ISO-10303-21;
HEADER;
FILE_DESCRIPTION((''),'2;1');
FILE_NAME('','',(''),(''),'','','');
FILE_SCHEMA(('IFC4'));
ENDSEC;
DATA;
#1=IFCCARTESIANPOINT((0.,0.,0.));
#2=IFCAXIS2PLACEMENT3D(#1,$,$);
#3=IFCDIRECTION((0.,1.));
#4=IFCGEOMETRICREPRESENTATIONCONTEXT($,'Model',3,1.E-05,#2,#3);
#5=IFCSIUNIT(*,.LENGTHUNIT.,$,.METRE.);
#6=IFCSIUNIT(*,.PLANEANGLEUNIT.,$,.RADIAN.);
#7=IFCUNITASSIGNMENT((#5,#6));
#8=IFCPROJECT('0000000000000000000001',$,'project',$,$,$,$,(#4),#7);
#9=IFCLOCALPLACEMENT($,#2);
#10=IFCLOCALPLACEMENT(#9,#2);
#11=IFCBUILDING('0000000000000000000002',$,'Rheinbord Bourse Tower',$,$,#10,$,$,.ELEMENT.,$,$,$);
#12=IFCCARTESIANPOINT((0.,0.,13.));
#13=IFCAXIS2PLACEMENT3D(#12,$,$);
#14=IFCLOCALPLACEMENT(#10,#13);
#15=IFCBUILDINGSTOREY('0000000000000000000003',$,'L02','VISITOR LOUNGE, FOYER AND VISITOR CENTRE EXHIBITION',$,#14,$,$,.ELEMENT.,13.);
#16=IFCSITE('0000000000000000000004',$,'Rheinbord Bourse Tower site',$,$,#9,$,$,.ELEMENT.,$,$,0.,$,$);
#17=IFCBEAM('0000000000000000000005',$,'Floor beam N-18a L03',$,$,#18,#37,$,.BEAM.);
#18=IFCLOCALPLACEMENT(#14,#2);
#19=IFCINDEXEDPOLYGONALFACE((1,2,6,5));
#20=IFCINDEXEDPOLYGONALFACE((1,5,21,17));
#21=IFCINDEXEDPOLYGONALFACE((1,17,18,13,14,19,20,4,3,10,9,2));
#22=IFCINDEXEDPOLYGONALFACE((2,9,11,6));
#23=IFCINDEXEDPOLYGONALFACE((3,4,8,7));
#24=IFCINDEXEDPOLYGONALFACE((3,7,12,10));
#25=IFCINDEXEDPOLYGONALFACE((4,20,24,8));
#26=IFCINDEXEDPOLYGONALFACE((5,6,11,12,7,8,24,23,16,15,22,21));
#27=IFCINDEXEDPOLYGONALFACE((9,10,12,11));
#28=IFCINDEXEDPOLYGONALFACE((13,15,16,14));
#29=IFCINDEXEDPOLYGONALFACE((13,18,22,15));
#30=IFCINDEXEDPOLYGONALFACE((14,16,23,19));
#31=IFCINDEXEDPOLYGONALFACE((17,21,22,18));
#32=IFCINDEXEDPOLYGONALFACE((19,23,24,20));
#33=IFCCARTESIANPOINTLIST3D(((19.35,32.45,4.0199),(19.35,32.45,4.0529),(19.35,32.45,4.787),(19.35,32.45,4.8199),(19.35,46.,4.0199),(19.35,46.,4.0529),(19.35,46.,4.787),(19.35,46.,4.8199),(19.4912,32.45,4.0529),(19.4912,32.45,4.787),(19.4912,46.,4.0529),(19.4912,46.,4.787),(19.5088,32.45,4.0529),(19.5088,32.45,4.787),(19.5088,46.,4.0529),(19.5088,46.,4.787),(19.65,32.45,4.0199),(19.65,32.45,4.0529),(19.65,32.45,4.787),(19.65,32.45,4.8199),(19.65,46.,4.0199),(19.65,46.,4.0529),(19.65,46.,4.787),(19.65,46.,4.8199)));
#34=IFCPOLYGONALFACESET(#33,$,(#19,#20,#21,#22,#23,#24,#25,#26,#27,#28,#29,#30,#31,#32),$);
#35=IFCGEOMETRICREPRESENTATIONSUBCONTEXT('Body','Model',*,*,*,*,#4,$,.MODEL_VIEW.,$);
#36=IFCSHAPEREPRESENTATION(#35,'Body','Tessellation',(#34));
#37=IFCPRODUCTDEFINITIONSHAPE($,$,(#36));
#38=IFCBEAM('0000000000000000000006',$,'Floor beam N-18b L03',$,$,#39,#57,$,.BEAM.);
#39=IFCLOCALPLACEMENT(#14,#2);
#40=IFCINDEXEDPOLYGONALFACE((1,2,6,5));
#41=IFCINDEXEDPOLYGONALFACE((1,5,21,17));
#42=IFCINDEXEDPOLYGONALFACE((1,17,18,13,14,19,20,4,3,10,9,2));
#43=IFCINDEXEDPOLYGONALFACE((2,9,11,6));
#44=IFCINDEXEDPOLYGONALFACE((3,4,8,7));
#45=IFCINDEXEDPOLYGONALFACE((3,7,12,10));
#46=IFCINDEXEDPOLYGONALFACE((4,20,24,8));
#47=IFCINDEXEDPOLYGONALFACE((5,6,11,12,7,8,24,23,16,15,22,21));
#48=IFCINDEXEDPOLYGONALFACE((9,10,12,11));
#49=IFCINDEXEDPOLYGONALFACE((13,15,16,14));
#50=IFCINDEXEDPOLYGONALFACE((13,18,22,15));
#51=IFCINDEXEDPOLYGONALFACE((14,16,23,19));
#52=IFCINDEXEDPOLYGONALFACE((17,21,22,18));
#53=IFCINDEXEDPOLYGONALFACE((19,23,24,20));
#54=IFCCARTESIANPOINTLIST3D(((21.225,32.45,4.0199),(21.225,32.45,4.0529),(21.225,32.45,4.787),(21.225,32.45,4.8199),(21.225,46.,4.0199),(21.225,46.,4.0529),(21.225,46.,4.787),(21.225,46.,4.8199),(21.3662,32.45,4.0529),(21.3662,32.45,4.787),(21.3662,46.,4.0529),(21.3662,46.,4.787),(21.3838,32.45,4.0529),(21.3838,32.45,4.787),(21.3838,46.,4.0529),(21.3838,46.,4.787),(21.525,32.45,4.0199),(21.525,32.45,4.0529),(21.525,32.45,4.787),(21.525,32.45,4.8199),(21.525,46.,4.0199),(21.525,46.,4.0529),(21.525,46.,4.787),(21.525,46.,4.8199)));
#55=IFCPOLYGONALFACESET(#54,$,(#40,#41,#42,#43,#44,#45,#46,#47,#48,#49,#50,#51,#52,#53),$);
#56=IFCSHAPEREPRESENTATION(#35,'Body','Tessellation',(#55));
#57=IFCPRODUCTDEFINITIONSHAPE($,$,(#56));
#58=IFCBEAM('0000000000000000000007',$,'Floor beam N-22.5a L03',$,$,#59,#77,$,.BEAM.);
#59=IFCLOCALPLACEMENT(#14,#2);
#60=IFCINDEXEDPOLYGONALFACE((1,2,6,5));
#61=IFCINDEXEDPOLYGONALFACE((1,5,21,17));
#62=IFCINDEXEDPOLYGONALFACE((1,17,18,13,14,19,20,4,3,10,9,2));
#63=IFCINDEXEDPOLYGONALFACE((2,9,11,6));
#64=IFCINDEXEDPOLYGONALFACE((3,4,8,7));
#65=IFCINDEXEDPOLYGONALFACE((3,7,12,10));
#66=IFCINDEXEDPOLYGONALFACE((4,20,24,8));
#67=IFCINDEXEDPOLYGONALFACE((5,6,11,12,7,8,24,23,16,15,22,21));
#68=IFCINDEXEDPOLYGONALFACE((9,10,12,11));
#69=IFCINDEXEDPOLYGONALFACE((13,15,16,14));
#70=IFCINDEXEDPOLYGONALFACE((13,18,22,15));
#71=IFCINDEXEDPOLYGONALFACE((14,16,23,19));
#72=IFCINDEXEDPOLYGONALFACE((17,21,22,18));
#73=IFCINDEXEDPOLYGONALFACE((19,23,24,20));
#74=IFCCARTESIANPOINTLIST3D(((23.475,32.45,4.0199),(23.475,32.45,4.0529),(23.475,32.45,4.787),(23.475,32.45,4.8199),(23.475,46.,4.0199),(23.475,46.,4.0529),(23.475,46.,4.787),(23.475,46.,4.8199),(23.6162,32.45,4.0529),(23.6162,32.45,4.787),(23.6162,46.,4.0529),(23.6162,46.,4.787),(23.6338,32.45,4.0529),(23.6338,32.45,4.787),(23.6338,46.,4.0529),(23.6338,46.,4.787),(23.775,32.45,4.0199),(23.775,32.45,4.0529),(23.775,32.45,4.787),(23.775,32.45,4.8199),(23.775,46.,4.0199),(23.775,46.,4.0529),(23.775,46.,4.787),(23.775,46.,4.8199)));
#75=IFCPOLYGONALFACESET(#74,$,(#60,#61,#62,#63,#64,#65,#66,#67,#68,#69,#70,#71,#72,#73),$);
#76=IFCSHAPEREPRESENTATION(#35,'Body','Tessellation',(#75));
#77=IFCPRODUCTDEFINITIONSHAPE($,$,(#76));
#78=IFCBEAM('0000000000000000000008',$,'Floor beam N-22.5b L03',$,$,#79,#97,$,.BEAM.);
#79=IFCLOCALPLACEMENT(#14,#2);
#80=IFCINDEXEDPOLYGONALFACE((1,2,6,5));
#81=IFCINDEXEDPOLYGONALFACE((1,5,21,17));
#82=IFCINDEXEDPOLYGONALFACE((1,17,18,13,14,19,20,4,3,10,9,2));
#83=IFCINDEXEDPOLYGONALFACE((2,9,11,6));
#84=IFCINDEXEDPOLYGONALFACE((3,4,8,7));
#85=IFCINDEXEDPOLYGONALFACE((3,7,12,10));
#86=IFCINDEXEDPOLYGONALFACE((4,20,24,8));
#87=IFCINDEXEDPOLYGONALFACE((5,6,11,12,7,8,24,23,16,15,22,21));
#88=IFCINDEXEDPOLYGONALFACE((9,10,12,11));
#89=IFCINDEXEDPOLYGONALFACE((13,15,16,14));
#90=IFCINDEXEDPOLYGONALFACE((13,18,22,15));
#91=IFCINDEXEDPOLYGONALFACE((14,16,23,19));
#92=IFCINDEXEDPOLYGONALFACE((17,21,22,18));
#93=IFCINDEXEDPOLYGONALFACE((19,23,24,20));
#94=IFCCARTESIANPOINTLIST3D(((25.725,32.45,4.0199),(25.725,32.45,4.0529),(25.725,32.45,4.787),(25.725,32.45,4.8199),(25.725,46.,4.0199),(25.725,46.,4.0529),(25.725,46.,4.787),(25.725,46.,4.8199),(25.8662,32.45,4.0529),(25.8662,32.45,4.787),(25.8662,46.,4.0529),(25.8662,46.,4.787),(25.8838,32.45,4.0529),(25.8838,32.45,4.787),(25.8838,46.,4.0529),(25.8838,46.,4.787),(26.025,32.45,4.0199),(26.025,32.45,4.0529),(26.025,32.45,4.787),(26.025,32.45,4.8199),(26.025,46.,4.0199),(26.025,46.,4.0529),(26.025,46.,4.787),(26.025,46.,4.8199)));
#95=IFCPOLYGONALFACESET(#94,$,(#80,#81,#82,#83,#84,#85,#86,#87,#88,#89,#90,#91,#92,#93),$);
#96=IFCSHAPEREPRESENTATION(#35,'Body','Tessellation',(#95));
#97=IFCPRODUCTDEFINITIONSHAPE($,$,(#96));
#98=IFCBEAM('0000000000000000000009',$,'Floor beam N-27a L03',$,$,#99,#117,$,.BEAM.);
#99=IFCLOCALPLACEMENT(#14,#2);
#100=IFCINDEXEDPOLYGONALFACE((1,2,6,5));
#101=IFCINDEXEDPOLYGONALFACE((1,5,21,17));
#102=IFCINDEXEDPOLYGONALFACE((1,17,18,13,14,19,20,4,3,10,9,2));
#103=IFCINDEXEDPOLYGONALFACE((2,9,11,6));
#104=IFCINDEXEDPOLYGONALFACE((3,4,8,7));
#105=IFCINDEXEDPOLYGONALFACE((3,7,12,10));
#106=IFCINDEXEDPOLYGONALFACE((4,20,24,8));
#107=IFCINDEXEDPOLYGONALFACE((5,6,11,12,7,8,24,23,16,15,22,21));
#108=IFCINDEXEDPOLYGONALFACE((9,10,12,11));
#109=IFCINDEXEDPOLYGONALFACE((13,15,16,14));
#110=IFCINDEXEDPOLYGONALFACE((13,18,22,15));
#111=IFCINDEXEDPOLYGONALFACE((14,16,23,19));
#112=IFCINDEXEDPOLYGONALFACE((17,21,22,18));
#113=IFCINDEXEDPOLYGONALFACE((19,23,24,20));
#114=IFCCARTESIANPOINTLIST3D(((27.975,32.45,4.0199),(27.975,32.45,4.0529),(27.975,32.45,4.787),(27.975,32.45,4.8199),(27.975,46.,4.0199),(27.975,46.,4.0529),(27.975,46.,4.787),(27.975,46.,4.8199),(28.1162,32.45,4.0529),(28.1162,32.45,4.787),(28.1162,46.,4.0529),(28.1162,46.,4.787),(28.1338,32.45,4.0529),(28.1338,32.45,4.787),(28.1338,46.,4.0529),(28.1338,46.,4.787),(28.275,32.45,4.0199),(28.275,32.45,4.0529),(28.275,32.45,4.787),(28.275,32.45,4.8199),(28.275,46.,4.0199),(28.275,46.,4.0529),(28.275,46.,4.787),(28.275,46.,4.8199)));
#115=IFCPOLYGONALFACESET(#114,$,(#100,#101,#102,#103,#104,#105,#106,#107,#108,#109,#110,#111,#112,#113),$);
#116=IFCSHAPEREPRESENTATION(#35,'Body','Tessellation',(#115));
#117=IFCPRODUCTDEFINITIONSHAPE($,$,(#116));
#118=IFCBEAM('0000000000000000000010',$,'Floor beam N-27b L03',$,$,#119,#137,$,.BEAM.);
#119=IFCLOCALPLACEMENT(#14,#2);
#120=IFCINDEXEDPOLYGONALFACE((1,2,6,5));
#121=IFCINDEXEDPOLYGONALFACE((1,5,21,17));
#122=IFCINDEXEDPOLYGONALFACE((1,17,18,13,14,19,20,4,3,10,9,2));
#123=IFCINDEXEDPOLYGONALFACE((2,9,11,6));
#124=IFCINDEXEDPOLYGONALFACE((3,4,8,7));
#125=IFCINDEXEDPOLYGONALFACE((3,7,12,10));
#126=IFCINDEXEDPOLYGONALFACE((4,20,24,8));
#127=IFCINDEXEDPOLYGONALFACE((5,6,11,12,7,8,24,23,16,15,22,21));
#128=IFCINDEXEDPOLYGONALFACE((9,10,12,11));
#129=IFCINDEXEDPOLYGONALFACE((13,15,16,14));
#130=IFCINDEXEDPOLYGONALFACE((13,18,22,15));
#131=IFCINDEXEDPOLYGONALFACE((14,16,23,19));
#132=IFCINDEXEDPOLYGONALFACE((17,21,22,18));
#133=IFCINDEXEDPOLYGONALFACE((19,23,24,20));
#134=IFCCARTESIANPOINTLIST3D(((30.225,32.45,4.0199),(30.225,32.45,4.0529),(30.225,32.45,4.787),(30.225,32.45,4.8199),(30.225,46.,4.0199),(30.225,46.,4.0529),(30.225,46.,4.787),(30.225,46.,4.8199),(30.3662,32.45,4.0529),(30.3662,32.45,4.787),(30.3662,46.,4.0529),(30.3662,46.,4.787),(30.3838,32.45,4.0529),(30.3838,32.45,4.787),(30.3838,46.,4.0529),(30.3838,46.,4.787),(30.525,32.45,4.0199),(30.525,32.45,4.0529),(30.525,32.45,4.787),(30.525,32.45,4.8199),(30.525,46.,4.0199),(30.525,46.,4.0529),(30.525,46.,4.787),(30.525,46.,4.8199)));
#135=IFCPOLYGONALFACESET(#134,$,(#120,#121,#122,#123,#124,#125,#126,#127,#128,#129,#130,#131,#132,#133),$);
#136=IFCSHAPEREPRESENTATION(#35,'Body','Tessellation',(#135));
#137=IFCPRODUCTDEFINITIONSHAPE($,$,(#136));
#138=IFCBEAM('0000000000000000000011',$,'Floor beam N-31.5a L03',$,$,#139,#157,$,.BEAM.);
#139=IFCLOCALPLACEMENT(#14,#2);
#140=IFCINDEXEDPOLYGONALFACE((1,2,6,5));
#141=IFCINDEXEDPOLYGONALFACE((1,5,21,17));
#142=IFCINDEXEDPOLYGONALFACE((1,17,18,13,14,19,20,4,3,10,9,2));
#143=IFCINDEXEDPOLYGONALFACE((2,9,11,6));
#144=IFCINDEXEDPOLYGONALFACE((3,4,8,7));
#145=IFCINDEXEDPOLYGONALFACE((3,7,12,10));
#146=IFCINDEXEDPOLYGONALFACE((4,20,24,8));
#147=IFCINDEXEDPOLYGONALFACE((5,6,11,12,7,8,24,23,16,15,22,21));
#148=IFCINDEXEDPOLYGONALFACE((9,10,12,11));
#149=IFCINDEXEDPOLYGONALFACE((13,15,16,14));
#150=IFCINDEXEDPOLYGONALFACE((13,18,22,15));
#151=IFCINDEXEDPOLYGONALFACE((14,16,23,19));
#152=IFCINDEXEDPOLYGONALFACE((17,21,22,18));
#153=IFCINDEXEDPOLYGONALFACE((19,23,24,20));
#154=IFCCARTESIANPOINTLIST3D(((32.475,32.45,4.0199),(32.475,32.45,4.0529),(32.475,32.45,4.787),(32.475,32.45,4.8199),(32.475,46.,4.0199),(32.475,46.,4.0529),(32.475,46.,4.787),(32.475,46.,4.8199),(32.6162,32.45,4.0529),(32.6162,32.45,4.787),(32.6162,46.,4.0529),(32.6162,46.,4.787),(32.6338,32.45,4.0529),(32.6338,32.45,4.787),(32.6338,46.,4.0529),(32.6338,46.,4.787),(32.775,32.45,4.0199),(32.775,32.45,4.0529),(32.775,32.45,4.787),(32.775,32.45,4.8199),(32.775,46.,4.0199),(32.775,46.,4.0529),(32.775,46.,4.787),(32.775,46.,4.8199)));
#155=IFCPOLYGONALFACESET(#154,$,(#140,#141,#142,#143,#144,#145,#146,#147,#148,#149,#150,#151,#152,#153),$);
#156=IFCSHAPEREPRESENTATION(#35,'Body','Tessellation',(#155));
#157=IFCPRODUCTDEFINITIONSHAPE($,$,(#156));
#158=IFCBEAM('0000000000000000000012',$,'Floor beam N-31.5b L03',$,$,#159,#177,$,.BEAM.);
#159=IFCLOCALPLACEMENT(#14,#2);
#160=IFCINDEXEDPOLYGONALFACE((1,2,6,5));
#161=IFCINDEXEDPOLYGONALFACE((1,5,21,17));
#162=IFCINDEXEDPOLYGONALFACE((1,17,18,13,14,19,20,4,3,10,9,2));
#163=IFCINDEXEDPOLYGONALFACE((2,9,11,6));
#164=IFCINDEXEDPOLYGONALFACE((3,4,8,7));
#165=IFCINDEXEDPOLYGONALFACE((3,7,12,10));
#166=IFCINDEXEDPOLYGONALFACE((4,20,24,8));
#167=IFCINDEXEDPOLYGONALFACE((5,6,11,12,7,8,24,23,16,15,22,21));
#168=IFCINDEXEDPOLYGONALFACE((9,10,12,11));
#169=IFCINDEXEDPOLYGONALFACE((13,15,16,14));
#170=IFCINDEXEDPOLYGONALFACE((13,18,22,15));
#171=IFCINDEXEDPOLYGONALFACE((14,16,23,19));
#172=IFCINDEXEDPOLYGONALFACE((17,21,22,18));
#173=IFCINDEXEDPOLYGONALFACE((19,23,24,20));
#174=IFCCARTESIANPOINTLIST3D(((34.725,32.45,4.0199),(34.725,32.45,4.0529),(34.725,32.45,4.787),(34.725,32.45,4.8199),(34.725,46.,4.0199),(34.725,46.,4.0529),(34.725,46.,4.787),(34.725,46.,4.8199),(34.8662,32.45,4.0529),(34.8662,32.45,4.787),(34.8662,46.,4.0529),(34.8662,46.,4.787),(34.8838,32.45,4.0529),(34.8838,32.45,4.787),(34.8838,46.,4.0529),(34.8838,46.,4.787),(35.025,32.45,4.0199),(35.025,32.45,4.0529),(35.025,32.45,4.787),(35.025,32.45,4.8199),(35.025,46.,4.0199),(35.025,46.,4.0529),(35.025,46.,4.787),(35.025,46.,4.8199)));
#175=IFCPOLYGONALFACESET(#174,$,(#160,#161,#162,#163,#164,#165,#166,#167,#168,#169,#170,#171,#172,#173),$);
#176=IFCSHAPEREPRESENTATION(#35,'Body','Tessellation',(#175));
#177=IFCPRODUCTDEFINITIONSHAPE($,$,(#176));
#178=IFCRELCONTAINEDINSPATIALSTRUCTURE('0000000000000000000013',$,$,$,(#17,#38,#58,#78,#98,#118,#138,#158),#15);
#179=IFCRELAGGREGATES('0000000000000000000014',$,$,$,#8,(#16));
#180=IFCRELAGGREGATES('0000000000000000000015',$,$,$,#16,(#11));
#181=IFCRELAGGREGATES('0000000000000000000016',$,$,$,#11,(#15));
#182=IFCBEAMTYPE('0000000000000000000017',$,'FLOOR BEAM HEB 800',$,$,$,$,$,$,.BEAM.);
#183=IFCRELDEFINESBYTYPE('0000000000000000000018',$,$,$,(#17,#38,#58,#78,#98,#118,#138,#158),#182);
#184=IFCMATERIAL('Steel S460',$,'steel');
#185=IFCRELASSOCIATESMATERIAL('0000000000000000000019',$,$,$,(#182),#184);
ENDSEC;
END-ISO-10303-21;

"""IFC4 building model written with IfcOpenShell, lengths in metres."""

from ifc_helpers import new_model, si_unit, direction, frame, origin, origin_2d, place, context, subcontext, project, spatial, i_section, extrude, material, material_profile, profile_set, type_object, element, save


model = new_model("IFC4")

# Units and contexts
model_context = context("Model", 3, precision=1e-05, world=origin(), true_north=direction((0.0, 1.0)))
body_context = subcontext(model_context, "Body", "Model", "MODEL_VIEW")
ifc_project = project(units=[si_unit("LENGTHUNIT", "METRE"), si_unit("PLANEANGLEUNIT", "RADIAN")], contexts=[model_context])

# Site, building, storey
site_placement = place(None, origin())
site = spatial("IfcSite", under=ifc_project, at=site_placement, Name="Rheinbord Bourse Tower site", CompositionType="ELEMENT", RefElevation=0.0)
building_placement = place(site_placement, origin())
building = spatial("IfcBuilding", under=site, at=building_placement, Name="Rheinbord Bourse Tower", CompositionType="ELEMENT")
storey_placement = place(building_placement, frame((0.0, 0.0, 13.0)))
storey = spatial("IfcBuildingStorey", under=building, at=storey_placement, Name="L02", Description="VISITOR LOUNGE, FOYER AND VISITOR CENTRE EXHIBITION", CompositionType="ELEMENT", Elevation=13.0)

# Beams
ifc_material_1 = material(Name="Steel S460", Category="steel")
ifc_material_profile_1 = material_profile(ifc_material_1, i_section(OverallWidth=0.3, OverallDepth=0.8, WebThickness=0.0176, FlangeThickness=0.033, at=origin_2d()), Name="HEB 800")
ifc_profile_set_1 = profile_set([ifc_material_profile_1], Name="Steel S460")
beam_type_1 = type_object("IfcBeamType", Name="FLOOR BEAM HEB 800", PredefinedType="BEAM", material=ifc_profile_set_1)
for number, where, z_axis, x_axis, name in (
    (1, (19.5, 46.0, 4.4199), (0.0, -1.0, 0.0), (1.0, 0.0, 0.0), "Floor beam N-18a L03"),
    (2, (21.375, 46.0, 4.4199), (0.0, -1.0, 0.0), (1.0, 0.0, 0.0), "Floor beam N-18b L03"),
    (3, (23.625, 46.0, 4.4199), (0.0, -1.0, 0.0), (1.0, 0.0, 0.0), "Floor beam N-22.5a L03"),
    (4, (25.875, 46.0, 4.4199), (0.0, -1.0, 0.0), (1.0, 0.0, 0.0), "Floor beam N-22.5b L03"),
    (5, (28.125, 46.0, 4.4199), (0.0, -1.0, 0.0), (1.0, 0.0, 0.0), "Floor beam N-27a L03"),
    (6, (30.375, 46.0, 4.4199), (0.0, -1.0, 0.0), (1.0, 0.0, 0.0), "Floor beam N-27b L03"),
    (7, (32.625, 46.0, 4.4199), (0.0, -1.0, 0.0), (1.0, 0.0, 0.0), "Floor beam N-31.5a L03"),
    (8, (34.875, 46.0, 4.4199), (0.0, -1.0, 0.0), (1.0, 0.0, 0.0), "Floor beam N-31.5b L03"),
):
    element("IfcBeam", number, at=place(storey_placement, frame(where, z_axis=z_axis, x_axis=x_axis)), inside=storey, type_object=beam_type_1, Name=name, PredefinedType="BEAM", context=body_context, shape_type="SweptSolid", body=[
        extrude(i_section(OverallWidth=0.3, OverallDepth=0.8, WebThickness=0.0176, FlangeThickness=0.033, at=origin_2d()), origin(), (0.0, 0.0, 1.0), 13.55),
    ])

save(model, "model.ifc")
